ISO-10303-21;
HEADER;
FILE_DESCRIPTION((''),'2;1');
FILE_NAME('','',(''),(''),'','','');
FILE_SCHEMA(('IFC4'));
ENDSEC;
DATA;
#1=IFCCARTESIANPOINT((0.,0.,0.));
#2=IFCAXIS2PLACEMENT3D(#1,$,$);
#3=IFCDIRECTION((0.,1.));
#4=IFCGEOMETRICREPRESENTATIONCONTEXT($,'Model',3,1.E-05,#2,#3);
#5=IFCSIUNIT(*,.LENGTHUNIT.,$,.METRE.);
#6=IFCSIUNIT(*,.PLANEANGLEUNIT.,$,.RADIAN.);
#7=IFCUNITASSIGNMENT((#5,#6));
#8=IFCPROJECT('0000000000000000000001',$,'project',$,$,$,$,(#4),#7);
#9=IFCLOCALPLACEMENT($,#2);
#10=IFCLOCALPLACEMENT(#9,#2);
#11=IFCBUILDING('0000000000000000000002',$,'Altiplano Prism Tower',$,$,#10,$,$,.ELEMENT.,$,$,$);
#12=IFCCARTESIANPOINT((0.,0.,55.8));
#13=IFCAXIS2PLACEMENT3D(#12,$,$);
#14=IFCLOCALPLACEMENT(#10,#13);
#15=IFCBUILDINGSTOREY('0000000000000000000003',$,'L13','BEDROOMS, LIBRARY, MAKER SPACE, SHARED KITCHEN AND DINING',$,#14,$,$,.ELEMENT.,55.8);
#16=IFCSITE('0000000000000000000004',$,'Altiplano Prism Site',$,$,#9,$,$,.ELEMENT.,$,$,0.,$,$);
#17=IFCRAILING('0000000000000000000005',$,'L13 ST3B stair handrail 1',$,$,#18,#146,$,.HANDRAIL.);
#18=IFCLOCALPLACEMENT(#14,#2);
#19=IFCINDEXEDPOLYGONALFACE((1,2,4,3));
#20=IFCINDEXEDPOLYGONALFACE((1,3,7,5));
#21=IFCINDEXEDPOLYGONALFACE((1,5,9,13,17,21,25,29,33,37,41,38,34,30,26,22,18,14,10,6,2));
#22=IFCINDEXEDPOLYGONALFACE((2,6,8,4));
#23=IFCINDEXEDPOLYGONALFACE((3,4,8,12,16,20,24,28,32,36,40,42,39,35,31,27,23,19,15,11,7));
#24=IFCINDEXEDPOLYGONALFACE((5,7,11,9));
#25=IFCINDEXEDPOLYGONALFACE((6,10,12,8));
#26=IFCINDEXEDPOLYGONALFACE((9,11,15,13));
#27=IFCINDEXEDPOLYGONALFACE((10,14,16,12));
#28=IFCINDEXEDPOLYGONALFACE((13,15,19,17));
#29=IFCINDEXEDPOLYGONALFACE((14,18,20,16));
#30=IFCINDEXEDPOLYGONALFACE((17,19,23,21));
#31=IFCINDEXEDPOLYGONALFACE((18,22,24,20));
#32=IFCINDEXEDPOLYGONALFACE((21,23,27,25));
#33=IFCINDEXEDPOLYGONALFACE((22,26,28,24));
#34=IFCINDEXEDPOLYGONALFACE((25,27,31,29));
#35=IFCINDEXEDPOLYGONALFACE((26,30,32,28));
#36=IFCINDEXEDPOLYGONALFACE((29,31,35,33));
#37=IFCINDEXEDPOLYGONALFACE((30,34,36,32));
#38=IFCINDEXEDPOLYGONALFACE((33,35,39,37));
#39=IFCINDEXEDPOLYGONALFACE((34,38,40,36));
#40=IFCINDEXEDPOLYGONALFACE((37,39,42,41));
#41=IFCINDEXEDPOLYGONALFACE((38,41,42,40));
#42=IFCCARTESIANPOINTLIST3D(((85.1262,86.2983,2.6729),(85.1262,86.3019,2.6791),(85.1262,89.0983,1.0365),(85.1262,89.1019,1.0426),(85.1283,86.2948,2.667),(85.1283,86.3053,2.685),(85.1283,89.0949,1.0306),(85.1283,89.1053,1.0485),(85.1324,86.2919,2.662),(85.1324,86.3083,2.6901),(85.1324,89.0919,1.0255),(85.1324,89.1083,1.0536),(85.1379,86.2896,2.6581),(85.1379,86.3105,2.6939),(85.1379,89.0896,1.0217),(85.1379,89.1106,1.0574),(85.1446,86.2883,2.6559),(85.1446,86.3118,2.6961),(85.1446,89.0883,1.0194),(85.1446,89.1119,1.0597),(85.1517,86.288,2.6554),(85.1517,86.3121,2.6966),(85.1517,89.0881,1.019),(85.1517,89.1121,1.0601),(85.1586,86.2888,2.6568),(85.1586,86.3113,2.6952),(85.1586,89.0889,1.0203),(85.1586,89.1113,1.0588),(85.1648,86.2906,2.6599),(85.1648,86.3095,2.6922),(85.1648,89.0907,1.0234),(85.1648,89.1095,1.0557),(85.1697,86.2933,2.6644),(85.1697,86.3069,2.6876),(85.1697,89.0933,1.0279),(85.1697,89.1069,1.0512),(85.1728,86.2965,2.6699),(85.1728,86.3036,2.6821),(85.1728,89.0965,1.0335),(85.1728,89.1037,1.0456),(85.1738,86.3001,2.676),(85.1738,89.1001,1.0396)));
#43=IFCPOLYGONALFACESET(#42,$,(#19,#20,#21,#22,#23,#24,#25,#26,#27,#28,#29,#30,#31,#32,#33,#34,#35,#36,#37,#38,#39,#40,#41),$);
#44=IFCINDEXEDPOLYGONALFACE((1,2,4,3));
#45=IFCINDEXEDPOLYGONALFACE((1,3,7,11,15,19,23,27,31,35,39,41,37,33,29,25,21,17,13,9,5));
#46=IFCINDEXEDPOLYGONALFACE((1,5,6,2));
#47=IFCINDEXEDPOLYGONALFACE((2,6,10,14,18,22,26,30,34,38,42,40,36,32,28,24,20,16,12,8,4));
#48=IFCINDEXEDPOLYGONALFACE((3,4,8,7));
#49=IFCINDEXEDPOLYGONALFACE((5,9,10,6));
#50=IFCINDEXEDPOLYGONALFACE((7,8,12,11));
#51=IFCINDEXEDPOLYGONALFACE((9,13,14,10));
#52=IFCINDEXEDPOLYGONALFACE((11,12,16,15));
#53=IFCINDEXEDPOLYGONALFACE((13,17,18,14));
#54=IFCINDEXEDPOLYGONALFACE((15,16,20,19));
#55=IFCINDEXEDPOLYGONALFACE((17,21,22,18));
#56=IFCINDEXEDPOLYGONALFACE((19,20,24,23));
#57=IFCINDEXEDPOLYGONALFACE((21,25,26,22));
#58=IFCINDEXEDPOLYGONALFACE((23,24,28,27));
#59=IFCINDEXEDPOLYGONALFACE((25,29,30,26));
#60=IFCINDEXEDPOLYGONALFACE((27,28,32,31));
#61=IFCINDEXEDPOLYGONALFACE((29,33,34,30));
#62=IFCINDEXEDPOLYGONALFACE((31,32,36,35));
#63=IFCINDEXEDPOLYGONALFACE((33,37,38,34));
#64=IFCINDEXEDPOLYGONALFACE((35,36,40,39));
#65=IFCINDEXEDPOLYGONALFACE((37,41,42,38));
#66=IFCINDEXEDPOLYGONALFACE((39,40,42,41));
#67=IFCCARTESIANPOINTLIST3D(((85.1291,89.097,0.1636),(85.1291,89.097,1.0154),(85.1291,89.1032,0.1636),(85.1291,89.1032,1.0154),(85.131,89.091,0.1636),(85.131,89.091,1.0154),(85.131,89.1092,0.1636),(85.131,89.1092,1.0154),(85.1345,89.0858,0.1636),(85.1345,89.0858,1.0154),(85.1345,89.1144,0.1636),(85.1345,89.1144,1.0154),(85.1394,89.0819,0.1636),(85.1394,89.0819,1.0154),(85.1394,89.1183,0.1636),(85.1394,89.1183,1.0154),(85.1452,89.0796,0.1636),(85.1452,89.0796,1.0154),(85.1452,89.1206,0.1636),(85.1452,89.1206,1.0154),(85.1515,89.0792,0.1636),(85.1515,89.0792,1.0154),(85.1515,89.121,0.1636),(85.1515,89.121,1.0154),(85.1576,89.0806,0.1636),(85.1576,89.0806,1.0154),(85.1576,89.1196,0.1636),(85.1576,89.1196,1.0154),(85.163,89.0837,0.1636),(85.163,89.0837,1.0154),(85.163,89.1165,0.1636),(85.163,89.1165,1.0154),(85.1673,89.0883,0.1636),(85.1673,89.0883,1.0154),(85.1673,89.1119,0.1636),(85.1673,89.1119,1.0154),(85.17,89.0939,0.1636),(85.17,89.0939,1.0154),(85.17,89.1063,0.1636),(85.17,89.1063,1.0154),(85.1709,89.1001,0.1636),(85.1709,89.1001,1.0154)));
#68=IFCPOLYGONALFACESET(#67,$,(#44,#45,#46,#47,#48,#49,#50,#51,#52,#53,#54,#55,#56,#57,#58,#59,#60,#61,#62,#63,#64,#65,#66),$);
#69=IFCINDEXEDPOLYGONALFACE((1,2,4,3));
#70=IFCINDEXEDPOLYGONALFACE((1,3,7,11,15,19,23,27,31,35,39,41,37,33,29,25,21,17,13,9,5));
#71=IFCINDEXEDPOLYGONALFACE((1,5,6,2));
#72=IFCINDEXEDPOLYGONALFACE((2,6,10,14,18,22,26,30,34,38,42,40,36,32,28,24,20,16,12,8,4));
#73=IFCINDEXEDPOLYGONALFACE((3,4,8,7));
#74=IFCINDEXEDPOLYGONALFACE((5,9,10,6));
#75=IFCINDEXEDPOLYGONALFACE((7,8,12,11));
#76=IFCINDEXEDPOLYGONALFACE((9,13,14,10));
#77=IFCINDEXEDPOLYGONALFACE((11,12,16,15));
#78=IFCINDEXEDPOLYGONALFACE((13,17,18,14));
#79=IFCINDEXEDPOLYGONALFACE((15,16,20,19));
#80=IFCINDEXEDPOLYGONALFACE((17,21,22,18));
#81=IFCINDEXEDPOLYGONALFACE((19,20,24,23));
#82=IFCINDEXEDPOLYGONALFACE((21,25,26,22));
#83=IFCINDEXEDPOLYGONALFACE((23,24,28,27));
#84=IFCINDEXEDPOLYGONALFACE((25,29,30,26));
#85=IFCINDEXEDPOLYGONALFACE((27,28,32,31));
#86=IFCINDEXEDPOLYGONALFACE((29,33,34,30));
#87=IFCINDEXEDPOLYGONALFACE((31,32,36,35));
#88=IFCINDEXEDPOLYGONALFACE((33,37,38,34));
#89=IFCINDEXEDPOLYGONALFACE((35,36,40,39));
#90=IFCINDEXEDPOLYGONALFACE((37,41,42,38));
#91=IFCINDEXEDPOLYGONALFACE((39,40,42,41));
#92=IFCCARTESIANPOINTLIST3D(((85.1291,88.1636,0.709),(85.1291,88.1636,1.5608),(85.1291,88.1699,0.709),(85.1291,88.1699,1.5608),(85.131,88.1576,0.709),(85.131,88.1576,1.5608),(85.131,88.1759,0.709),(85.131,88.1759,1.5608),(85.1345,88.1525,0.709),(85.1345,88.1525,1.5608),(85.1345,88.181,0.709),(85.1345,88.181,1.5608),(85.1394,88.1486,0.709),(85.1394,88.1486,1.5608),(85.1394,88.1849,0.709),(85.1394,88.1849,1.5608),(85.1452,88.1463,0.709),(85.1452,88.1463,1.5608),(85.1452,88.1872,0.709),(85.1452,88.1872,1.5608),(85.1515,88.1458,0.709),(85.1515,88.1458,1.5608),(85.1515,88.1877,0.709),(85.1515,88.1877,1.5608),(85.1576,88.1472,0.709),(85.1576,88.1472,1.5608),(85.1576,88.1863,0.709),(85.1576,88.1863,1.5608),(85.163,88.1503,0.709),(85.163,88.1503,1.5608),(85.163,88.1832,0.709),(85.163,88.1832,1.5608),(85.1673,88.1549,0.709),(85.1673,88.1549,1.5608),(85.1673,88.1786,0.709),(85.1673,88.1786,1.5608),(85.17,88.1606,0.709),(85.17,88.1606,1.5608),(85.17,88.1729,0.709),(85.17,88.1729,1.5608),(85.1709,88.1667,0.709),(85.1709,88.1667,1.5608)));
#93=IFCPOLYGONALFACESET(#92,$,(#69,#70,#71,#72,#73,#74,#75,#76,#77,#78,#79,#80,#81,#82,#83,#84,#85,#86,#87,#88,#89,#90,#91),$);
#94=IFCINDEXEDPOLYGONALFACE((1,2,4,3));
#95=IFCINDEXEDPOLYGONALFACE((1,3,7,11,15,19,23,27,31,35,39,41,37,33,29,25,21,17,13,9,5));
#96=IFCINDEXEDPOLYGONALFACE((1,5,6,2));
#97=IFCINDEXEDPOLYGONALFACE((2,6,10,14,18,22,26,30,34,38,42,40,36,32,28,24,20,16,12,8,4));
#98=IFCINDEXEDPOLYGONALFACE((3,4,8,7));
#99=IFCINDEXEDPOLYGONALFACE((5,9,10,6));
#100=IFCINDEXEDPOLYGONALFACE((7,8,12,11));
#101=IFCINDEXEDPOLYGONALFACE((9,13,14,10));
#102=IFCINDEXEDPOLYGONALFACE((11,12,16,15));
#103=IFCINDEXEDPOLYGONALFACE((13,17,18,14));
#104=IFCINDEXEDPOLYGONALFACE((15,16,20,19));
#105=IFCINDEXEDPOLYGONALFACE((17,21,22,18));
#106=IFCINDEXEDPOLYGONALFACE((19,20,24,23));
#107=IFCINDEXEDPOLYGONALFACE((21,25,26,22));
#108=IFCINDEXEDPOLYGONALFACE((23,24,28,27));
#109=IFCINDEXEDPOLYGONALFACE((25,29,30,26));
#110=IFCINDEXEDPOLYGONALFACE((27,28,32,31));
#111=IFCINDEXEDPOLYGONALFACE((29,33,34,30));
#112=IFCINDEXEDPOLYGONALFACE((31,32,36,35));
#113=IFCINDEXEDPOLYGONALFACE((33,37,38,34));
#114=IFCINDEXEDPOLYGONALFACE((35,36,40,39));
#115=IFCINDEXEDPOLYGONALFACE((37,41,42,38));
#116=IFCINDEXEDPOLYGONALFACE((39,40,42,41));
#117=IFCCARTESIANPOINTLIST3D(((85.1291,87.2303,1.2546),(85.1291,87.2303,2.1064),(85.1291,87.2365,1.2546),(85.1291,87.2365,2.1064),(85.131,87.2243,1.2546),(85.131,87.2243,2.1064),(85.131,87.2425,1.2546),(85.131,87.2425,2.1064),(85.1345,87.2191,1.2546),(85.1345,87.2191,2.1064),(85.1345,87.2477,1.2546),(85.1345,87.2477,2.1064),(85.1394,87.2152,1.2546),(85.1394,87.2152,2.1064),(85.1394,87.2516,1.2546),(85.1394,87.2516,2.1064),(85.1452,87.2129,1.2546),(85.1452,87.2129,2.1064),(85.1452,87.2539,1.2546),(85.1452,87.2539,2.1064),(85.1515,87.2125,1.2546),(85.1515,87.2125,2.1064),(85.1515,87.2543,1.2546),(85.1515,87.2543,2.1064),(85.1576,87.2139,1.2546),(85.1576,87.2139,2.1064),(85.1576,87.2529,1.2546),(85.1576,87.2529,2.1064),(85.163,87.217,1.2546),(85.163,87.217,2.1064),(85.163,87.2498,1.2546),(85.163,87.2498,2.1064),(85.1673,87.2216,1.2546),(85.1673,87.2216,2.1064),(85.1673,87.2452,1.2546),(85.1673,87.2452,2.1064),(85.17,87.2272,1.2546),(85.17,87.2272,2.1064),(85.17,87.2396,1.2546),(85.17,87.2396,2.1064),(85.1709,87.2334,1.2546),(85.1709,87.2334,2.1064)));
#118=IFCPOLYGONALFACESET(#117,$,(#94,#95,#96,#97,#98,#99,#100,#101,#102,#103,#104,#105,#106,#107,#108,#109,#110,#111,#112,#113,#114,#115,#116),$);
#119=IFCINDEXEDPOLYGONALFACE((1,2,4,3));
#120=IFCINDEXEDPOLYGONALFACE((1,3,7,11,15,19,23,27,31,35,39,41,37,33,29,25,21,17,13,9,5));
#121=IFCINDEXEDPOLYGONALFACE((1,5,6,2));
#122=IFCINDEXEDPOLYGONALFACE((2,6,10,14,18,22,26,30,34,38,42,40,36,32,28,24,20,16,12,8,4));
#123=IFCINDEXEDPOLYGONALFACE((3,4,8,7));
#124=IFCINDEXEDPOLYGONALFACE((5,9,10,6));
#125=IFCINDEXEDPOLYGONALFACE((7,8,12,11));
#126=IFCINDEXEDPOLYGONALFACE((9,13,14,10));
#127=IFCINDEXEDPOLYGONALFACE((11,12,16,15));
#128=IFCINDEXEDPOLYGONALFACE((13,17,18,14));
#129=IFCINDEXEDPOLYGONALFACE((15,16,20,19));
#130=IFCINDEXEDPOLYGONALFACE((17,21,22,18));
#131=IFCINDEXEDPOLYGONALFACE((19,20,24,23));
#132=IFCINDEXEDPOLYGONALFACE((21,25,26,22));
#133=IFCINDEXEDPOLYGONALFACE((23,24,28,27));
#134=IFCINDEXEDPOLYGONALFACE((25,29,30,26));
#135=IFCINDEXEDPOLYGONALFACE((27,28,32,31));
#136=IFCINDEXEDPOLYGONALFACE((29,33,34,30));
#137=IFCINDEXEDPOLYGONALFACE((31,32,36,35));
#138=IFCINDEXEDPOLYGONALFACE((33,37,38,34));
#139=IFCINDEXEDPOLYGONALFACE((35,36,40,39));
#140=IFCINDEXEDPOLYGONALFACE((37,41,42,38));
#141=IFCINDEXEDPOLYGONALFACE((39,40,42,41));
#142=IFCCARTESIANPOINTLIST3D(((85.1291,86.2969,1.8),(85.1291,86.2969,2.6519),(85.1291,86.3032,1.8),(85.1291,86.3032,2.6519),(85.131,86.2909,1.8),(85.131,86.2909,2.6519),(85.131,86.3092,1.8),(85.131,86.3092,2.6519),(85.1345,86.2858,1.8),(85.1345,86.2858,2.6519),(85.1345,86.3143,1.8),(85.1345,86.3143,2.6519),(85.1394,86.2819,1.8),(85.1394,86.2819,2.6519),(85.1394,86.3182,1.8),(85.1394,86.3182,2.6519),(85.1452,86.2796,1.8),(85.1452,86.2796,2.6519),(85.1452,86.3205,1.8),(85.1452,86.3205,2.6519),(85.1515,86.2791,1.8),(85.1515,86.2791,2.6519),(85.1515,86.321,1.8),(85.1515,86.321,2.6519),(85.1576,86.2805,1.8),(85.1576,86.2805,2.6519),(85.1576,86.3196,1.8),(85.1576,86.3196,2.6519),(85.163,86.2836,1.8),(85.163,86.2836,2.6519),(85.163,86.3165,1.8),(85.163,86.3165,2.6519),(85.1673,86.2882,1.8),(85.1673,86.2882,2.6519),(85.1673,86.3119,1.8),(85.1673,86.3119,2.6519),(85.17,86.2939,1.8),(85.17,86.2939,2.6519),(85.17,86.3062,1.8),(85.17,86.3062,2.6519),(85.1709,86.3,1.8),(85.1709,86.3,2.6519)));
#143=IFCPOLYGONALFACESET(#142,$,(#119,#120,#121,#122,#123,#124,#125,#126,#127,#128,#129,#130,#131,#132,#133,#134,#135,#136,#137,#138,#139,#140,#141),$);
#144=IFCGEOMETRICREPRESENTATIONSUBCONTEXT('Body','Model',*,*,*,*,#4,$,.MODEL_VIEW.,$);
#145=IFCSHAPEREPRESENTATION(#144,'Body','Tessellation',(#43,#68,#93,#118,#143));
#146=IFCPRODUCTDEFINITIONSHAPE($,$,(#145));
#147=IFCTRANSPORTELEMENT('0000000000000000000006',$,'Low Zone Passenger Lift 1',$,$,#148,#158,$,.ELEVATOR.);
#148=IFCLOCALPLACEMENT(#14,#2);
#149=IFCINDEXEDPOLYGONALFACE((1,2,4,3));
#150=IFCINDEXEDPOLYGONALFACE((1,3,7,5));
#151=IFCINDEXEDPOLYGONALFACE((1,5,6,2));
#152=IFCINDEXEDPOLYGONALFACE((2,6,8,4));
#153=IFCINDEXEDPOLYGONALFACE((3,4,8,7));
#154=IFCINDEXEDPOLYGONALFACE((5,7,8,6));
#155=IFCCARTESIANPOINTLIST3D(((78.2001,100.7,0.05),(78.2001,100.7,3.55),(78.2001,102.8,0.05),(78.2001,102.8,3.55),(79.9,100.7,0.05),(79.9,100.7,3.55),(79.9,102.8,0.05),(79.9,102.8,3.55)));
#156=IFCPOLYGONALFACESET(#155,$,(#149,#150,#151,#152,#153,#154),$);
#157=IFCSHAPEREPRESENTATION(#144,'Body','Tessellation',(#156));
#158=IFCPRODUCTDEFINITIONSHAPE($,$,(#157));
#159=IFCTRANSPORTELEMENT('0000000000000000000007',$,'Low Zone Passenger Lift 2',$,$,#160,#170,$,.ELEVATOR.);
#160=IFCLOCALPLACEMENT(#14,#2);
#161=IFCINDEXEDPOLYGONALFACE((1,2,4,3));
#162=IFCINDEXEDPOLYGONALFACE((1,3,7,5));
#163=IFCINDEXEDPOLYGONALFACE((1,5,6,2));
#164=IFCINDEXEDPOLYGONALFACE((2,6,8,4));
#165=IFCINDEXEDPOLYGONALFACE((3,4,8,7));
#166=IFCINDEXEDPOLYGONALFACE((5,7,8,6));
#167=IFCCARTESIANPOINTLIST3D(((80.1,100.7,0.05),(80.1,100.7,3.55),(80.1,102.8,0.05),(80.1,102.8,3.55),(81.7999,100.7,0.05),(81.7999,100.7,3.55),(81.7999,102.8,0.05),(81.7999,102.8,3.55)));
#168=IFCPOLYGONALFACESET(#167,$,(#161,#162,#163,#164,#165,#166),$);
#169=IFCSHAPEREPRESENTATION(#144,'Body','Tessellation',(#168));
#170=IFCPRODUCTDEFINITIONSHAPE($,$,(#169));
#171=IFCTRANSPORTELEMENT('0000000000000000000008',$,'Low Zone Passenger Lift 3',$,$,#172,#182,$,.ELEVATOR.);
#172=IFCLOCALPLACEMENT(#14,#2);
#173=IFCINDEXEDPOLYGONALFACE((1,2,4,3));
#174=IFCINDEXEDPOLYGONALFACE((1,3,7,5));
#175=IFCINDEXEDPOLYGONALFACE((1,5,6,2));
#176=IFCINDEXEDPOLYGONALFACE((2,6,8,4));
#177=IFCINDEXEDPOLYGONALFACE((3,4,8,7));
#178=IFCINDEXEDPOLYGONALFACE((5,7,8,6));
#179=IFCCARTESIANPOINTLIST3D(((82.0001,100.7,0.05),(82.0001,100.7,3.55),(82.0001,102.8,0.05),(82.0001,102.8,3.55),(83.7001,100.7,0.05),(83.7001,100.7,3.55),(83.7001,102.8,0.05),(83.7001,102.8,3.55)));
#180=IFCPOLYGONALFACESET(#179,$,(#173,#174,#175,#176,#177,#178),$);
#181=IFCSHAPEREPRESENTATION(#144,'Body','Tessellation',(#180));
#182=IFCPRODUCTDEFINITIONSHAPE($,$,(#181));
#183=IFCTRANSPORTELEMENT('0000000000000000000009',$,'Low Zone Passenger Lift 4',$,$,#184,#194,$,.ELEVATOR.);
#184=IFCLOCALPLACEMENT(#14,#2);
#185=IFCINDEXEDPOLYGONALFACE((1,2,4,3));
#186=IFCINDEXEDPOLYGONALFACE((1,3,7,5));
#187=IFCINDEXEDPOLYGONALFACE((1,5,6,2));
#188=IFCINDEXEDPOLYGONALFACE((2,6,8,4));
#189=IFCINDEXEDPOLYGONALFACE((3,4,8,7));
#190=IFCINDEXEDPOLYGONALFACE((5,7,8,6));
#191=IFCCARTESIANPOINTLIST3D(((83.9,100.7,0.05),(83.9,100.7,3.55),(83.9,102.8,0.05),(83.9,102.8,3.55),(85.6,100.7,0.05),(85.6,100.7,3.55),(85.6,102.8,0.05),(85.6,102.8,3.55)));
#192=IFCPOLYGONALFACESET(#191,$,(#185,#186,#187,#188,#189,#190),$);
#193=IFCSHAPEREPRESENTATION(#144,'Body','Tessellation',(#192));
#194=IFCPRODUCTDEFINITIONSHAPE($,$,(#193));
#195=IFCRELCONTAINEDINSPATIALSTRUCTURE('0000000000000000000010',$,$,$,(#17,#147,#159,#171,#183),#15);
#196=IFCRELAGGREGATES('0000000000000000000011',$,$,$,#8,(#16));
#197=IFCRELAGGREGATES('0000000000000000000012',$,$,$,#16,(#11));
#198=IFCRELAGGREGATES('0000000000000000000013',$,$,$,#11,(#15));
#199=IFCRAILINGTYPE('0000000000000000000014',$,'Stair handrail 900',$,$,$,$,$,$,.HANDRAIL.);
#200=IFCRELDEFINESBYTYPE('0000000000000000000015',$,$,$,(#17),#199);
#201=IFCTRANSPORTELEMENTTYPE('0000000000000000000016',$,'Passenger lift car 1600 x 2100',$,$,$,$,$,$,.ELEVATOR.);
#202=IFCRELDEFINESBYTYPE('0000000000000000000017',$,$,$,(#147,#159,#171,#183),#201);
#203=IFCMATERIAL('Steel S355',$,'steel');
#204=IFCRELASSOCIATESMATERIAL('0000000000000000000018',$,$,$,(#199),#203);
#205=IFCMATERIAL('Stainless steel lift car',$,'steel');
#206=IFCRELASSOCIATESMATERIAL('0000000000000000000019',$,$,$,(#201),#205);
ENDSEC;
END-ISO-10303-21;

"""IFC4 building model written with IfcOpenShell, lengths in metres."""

from ifc_helpers import new_model, si_unit, direction, frame, origin, origin_2d, place, context, subcontext, project, spatial, rectangle, circle, extrude, material, type_object, element, save


model = new_model("IFC4")

# Units and contexts
model_context = context("Model", 3, precision=1e-05, world=origin(), true_north=direction((0.0, 1.0)))
body_context = subcontext(model_context, "Body", "Model", "MODEL_VIEW")
ifc_project = project(units=[si_unit("LENGTHUNIT", "METRE"), si_unit("PLANEANGLEUNIT", "RADIAN")], contexts=[model_context])

# Site, building, storey
site_placement = place(None, origin())
site = spatial("IfcSite", under=ifc_project, at=site_placement, Name="Altiplano Prism Site", CompositionType="ELEMENT", RefElevation=0.0)
building_placement = place(site_placement, origin())
building = spatial("IfcBuilding", under=site, at=building_placement, Name="Altiplano Prism Tower", CompositionType="ELEMENT")
storey_placement = place(building_placement, frame((0.0, 0.0, 55.8)))
storey = spatial("IfcBuildingStorey", under=building, at=storey_placement, Name="L13", Description="BEDROOMS, LIBRARY, MAKER SPACE, SHARED KITCHEN AND DINING", CompositionType="ELEMENT", Elevation=55.8)

# Railing
ifc_material_1 = material(Name="Steel S355", Category="steel")
railing_type_1 = type_object("IfcRailingType", Name="Stair handrail 900", PredefinedType="HANDRAIL", material=ifc_material_1)
railing_1_placement = place(storey_placement, frame((85.1499, 89.1001, 0.1636)))
element("IfcRailing", 1, at=railing_1_placement, inside=storey, type_object=railing_type_1, Name="L13 ST3B stair handrail 1", PredefinedType="HANDRAIL", context=body_context, shape_type="SweptSolid", body=[
    extrude(circle(Radius=0.0239, at=origin_2d()), frame((0.0, 0.0, 0.876), z_axis=(0.0, -0.863361, 0.504587), x_axis=(1.0, 0.0, 0.0)), (0.0, 0.0, 1.0), 3.2432),
    extrude(circle(Radius=0.021, at=origin_2d()), origin(), (0.0, 0.0, 1.0), 0.8518),
    extrude(circle(Radius=0.021, at=origin_2d()), frame((0.0, -0.9333, 0.5454)), (0.0, 0.0, 1.0), 0.8518),
    extrude(circle(Radius=0.021, at=origin_2d()), frame((0.0, -1.8667, 1.0911)), (0.0, 0.0, 1.0), 0.8518),
    extrude(circle(Radius=0.021, at=origin_2d()), frame((0.0, -2.8, 1.6365)), (0.0, 0.0, 1.0), 0.8518),
])

# Transport elements
ifc_material_2 = material(Name="Stainless steel lift car", Category="steel")
transport_element_type = type_object("IfcTransportElementType", Name="Passenger lift car 1600 x 2100", PredefinedType="ELEVATOR", material=ifc_material_2)
for number, where, z_axis, x_axis, name in (
    (2, (79.05, 101.75, 0.05), (0.0, 0.0, 1.0), (1.0, 0.0, 0.0), "Low Zone Passenger Lift 1"),
    (3, (80.95, 101.75, 0.05), (0.0, 0.0, 1.0), (1.0, 0.0, 0.0), "Low Zone Passenger Lift 2"),
    (4, (82.8501, 101.75, 0.05), (0.0, 0.0, 1.0), (1.0, 0.0, 0.0), "Low Zone Passenger Lift 3"),
    (5, (84.75, 101.75, 0.05), (0.0, 0.0, 1.0), (1.0, 0.0, 0.0), "Low Zone Passenger Lift 4"),
):
    element("IfcTransportElement", number, at=place(storey_placement, frame(where, z_axis=z_axis, x_axis=x_axis)), inside=storey, type_object=transport_element_type, Name=name, PredefinedType="ELEVATOR", context=body_context, shape_type="SweptSolid", body=[
        extrude(rectangle(XDim=1.7, YDim=2.1001, at=origin_2d()), origin(), (0.0, 0.0, 1.0), 3.5),
    ])

save(model, "model.ifc")
